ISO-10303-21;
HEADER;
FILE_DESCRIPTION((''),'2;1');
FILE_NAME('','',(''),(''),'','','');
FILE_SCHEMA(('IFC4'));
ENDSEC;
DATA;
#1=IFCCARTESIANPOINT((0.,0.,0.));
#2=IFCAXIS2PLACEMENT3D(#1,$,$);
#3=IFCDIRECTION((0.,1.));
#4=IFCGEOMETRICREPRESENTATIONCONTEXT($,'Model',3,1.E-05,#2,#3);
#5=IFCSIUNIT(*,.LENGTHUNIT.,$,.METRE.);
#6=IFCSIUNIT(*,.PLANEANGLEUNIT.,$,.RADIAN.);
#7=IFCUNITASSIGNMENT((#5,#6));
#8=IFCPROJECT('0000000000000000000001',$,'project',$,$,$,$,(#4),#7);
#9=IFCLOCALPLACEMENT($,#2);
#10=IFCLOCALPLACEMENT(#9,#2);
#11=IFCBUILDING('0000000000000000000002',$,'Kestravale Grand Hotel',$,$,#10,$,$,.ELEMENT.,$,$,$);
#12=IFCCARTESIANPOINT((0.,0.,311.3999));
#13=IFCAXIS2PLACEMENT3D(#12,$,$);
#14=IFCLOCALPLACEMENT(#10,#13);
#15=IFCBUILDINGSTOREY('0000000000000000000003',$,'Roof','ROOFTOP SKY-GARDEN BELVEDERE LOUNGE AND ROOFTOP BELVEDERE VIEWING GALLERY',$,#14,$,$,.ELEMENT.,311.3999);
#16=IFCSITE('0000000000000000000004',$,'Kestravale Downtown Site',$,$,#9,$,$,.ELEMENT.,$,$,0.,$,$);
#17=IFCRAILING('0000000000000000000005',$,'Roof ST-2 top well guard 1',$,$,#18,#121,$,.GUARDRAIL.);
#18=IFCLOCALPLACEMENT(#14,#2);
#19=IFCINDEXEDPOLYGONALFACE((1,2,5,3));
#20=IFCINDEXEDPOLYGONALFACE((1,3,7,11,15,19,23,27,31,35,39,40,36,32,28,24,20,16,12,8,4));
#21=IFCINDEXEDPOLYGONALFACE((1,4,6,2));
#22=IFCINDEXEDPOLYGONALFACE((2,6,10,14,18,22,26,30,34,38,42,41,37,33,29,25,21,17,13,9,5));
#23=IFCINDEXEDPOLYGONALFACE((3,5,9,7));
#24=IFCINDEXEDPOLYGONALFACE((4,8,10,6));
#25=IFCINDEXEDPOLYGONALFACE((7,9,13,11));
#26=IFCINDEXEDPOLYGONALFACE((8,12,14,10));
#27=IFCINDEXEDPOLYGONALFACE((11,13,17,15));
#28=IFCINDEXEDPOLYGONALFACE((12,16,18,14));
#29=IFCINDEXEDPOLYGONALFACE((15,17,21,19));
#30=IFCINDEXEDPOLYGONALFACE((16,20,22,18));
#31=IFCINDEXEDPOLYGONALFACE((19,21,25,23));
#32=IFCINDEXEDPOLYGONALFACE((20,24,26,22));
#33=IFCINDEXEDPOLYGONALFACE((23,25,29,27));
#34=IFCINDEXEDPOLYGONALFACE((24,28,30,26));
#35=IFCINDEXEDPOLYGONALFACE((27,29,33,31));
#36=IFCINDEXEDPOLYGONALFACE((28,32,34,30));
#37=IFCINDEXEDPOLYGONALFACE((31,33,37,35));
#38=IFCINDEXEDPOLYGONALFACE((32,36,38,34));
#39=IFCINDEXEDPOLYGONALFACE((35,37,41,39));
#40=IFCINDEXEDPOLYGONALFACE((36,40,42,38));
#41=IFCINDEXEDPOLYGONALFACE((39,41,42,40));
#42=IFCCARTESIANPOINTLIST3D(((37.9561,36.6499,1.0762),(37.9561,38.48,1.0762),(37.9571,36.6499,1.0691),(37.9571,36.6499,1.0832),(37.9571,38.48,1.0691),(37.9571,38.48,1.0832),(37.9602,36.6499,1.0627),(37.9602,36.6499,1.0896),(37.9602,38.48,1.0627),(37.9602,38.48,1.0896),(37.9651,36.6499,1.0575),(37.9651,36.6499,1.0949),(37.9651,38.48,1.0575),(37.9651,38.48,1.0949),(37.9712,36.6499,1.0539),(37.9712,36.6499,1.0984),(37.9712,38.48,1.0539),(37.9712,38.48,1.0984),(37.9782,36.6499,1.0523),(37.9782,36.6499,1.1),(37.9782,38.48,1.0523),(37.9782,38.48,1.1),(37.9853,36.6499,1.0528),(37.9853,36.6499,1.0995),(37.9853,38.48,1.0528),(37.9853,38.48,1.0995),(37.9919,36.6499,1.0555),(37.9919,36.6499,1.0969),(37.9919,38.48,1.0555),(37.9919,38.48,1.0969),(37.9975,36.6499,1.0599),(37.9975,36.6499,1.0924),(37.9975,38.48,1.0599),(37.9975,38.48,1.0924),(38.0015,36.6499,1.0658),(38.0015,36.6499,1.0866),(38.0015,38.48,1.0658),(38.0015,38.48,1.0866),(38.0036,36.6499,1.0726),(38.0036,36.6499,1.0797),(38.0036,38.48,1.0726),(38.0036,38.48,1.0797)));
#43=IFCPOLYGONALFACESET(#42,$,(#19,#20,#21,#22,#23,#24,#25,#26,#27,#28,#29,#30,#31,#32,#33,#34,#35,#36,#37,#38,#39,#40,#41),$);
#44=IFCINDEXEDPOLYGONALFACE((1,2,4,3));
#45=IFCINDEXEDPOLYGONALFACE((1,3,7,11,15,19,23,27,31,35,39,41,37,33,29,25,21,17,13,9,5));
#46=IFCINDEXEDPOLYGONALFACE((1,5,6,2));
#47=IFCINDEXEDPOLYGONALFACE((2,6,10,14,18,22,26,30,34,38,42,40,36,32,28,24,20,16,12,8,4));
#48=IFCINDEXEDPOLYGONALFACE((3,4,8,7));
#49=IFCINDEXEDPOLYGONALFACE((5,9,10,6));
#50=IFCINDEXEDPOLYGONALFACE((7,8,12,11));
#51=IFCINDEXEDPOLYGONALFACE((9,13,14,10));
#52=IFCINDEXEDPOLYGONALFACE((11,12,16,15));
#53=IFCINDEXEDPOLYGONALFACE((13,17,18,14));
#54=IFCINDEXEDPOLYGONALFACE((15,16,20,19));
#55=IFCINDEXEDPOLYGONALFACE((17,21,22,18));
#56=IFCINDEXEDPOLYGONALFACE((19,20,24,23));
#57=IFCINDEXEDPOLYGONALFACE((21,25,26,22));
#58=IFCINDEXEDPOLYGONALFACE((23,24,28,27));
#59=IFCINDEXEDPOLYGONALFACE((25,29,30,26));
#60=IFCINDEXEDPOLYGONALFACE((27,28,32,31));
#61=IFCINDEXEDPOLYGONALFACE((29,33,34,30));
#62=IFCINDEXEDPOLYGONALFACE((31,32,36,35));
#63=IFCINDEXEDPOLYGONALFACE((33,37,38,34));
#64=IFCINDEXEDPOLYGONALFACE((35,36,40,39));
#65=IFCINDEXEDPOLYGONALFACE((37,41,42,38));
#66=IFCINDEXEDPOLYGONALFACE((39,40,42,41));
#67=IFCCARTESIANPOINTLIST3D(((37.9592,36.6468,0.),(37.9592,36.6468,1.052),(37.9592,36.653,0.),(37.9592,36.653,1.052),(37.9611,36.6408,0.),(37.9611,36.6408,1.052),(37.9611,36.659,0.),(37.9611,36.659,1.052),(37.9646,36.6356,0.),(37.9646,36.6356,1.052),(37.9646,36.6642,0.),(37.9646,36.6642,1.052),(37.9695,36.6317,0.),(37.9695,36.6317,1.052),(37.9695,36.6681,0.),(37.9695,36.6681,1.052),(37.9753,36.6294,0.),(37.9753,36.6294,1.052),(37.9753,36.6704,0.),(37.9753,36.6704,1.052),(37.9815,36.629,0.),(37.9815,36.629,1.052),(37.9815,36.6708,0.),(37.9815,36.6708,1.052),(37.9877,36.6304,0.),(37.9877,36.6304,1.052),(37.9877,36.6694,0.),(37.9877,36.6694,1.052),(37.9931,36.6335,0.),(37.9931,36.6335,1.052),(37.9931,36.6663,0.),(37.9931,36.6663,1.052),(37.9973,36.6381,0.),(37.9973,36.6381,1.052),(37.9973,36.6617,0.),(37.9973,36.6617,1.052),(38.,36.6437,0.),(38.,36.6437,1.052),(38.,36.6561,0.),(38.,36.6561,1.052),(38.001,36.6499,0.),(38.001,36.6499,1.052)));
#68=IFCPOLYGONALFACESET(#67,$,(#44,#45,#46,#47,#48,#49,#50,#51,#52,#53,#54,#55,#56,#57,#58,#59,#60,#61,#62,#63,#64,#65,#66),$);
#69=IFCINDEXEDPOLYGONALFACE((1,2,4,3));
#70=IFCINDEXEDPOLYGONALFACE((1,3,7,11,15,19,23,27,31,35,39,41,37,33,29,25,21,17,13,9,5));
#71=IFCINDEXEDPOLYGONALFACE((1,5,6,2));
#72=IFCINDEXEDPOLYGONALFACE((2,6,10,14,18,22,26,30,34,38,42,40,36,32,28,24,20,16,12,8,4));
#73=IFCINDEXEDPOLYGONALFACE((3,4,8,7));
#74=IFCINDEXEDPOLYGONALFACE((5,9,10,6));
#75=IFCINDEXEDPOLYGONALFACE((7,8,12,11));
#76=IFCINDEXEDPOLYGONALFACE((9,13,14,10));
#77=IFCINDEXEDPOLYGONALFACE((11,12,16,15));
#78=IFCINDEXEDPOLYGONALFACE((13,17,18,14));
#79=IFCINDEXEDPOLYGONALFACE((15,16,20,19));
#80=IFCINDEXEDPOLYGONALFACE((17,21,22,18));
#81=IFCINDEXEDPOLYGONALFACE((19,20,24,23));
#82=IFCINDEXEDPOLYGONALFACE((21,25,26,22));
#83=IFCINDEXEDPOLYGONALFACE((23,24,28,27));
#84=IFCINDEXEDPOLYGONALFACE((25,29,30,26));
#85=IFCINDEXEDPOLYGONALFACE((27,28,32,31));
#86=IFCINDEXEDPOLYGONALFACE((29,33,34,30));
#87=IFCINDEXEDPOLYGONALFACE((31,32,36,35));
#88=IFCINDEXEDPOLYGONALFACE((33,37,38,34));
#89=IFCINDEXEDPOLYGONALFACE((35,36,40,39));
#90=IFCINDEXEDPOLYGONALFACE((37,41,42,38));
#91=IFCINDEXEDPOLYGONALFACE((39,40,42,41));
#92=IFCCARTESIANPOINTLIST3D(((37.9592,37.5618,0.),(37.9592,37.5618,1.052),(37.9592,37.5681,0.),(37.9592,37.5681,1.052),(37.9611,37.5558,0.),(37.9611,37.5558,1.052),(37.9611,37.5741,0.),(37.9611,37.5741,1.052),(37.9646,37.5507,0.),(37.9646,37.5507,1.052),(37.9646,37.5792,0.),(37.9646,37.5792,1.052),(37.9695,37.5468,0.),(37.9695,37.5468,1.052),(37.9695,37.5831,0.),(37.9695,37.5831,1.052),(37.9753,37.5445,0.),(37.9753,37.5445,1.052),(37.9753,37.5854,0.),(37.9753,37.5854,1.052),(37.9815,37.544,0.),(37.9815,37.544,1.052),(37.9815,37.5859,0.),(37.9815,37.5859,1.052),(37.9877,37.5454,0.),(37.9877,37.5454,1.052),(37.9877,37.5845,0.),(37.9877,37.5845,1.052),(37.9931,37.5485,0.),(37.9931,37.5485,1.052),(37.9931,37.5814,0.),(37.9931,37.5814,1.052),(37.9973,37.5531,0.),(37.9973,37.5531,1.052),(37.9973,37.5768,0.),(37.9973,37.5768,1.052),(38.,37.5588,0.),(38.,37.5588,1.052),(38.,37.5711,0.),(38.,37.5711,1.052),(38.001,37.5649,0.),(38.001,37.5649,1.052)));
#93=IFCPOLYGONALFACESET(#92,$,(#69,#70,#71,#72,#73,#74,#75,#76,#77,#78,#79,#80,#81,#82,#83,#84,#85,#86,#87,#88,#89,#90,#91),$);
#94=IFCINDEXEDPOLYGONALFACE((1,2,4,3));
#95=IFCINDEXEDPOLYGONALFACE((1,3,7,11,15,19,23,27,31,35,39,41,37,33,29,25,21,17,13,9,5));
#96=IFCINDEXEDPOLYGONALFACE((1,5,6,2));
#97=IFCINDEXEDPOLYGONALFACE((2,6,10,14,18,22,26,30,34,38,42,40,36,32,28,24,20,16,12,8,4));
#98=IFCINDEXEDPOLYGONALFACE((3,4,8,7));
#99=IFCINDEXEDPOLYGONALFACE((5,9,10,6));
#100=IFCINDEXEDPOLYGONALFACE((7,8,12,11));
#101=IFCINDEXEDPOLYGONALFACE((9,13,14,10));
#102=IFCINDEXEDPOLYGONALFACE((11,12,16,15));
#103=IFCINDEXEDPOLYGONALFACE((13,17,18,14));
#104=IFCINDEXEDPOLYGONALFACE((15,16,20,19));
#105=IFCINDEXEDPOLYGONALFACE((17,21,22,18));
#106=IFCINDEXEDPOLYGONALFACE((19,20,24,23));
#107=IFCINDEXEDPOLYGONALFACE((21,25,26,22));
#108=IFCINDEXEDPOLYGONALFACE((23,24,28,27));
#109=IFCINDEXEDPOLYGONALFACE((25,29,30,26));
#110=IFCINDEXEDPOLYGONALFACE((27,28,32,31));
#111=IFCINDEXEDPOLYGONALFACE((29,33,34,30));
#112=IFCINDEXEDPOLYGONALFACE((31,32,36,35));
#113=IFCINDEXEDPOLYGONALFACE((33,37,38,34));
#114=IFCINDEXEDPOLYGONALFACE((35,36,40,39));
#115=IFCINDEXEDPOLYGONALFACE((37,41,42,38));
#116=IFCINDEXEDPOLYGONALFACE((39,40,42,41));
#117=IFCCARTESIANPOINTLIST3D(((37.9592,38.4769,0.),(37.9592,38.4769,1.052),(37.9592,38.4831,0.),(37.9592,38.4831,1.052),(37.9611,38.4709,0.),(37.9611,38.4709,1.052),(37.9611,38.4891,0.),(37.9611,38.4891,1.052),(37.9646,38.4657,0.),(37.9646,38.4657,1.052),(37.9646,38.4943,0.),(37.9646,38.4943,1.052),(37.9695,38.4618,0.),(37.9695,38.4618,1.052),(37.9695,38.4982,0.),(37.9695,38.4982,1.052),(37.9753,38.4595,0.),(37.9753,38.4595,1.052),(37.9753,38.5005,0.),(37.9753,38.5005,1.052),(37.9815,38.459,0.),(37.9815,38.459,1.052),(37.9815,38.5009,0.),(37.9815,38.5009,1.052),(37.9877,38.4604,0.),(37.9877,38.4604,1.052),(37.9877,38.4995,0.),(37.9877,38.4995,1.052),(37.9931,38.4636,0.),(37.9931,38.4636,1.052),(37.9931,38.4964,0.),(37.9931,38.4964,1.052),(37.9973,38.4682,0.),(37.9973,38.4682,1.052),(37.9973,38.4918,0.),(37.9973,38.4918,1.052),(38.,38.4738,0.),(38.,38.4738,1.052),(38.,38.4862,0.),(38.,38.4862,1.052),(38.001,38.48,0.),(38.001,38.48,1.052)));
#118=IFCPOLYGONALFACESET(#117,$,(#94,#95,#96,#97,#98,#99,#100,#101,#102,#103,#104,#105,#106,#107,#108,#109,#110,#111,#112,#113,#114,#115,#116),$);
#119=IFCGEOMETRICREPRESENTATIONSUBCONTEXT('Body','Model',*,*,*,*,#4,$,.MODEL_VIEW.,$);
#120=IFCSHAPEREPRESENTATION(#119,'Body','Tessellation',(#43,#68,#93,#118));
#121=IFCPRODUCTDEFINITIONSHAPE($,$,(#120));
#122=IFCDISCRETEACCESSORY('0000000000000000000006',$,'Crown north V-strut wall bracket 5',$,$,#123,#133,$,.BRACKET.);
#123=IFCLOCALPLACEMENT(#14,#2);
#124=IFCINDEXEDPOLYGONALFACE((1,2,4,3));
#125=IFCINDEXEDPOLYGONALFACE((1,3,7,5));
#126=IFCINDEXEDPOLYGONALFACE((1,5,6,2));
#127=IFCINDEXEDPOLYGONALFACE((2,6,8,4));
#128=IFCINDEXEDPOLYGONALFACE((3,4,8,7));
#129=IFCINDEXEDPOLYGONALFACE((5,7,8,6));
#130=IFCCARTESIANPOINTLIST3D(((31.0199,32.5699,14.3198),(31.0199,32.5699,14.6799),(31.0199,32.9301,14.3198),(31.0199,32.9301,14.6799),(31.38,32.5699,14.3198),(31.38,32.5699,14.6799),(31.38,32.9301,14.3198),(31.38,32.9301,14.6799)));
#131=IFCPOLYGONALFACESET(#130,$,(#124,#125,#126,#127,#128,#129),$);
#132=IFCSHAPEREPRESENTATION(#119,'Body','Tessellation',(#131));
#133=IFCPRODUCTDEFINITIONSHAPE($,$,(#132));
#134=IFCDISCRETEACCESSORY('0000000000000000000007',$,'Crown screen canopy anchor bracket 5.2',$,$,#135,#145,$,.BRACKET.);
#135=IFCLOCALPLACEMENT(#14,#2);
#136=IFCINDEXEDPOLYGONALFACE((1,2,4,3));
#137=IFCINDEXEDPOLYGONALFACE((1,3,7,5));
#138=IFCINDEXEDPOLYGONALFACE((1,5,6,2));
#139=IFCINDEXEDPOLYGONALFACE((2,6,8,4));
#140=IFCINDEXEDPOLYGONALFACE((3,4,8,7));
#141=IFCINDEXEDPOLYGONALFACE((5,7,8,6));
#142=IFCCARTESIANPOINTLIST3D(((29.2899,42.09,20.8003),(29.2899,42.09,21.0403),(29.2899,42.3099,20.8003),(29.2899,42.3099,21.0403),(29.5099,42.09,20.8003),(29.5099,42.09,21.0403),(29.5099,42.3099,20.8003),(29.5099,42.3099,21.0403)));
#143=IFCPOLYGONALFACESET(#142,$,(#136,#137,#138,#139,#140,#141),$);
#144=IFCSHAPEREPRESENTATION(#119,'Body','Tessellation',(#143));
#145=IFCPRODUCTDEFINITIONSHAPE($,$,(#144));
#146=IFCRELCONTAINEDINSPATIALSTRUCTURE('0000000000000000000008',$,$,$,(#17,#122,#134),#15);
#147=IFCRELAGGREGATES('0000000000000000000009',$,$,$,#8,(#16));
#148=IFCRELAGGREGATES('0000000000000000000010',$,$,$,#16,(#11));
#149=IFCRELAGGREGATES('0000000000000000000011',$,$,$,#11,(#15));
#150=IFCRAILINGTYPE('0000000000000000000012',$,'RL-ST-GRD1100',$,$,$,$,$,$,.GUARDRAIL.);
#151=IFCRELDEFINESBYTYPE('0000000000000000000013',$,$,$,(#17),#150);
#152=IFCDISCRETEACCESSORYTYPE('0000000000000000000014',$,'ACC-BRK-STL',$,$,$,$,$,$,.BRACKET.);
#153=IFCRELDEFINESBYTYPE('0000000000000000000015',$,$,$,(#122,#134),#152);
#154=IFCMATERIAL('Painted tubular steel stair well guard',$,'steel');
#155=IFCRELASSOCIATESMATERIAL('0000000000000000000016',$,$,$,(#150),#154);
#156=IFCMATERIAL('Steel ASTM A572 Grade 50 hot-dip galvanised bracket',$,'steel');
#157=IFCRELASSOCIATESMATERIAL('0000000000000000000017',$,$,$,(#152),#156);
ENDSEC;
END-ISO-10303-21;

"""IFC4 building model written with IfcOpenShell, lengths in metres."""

from ifc_helpers import new_model, si_unit, direction, frame, origin, origin_2d, place, context, subcontext, project, spatial, rectangle, circle, extrude, material, type_object, element, save


model = new_model("IFC4")

# Units and contexts
model_context = context("Model", 3, precision=1e-05, world=origin(), true_north=direction((0.0, 1.0)))
body_context = subcontext(model_context, "Body", "Model", "MODEL_VIEW")
ifc_project = project(units=[si_unit("LENGTHUNIT", "METRE"), si_unit("PLANEANGLEUNIT", "RADIAN")], contexts=[model_context])

# Site, building, storey
site_placement = place(None, origin())
site = spatial("IfcSite", under=ifc_project, at=site_placement, Name="Kestravale Downtown Site", CompositionType="ELEMENT", RefElevation=0.0)
building_placement = place(site_placement, origin())
building = spatial("IfcBuilding", under=site, at=building_placement, Name="Kestravale Grand Hotel", CompositionType="ELEMENT")
storey_placement = place(building_placement, frame((0.0, 0.0, 311.3999)))
storey = spatial("IfcBuildingStorey", under=building, at=storey_placement, Name="Roof", Description="ROOFTOP SKY-GARDEN BELVEDERE LOUNGE AND ROOFTOP BELVEDERE VIEWING GALLERY", CompositionType="ELEMENT", Elevation=311.3999)

# Railing
ifc_material_1 = material(Name="Painted tubular steel stair well guard", Category="steel")
railing_type = type_object("IfcRailingType", Name="RL-ST-GRD1100", PredefinedType="GUARDRAIL", material=ifc_material_1)
railing_placement = place(storey_placement, frame((37.98, 36.6499, 0.0)))
element("IfcRailing", 1, at=railing_placement, inside=storey, type_object=railing_type, Name="Roof ST-2 top well guard 1", PredefinedType="GUARDRAIL", context=body_context, shape_type="SweptSolid", body=[
    extrude(circle(Radius=0.0239, at=origin_2d()), frame((0.0, 0.0, 1.0762), z_axis=(0.0, 1.0, 0.0), x_axis=(-1.0, 0.0, 0.0)), (0.0, 0.0, 1.0), 1.8301),
    extrude(circle(Radius=0.021, at=origin_2d()), origin(), (0.0, 0.0, 1.0), 1.052),
    extrude(circle(Radius=0.021, at=origin_2d()), frame((0.0, 0.915, 0.0)), (0.0, 0.0, 1.0), 1.052),
    extrude(circle(Radius=0.021, at=origin_2d()), frame((0.0, 1.8301, 0.0)), (0.0, 0.0, 1.0), 1.052),
])

# Discrete accessories
ifc_material_2 = material(Name="Steel ASTM A572 Grade 50 hot-dip galvanised bracket", Category="steel")
discrete_accessory_type = type_object("IfcDiscreteAccessoryType", Name="ACC-BRK-STL", PredefinedType="BRACKET", material=ifc_material_2)
discrete_accessory_1_placement = place(storey_placement, frame((31.2, 32.75, 14.3198), z_axis=(0.0, 0.0, 1.0), x_axis=(1.0, 0.0, 0.0)))
element("IfcDiscreteAccessory", 2, at=discrete_accessory_1_placement, inside=storey, type_object=discrete_accessory_type, Name="Crown north V-strut wall bracket 5", PredefinedType="BRACKET", context=body_context, shape_type="SweptSolid", body=[
    extrude(rectangle(XDim=0.3601, YDim=0.3601, at=origin_2d()), origin(), (0.0, 0.0, 1.0), 0.3601),
])
discrete_accessory_2_placement = place(storey_placement, frame((29.3999, 42.2, 20.8003), z_axis=(0.0, 0.0, 1.0), x_axis=(-1.0, 0.0, 0.0)))
element("IfcDiscreteAccessory", 3, at=discrete_accessory_2_placement, inside=storey, type_object=discrete_accessory_type, Name="Crown screen canopy anchor bracket 5.2", PredefinedType="BRACKET", context=body_context, shape_type="SweptSolid", body=[
    extrude(rectangle(XDim=0.22, YDim=0.22, at=origin_2d()), origin(), (0.0, 0.0, 1.0), 0.24),
])

save(model, "model.ifc")
